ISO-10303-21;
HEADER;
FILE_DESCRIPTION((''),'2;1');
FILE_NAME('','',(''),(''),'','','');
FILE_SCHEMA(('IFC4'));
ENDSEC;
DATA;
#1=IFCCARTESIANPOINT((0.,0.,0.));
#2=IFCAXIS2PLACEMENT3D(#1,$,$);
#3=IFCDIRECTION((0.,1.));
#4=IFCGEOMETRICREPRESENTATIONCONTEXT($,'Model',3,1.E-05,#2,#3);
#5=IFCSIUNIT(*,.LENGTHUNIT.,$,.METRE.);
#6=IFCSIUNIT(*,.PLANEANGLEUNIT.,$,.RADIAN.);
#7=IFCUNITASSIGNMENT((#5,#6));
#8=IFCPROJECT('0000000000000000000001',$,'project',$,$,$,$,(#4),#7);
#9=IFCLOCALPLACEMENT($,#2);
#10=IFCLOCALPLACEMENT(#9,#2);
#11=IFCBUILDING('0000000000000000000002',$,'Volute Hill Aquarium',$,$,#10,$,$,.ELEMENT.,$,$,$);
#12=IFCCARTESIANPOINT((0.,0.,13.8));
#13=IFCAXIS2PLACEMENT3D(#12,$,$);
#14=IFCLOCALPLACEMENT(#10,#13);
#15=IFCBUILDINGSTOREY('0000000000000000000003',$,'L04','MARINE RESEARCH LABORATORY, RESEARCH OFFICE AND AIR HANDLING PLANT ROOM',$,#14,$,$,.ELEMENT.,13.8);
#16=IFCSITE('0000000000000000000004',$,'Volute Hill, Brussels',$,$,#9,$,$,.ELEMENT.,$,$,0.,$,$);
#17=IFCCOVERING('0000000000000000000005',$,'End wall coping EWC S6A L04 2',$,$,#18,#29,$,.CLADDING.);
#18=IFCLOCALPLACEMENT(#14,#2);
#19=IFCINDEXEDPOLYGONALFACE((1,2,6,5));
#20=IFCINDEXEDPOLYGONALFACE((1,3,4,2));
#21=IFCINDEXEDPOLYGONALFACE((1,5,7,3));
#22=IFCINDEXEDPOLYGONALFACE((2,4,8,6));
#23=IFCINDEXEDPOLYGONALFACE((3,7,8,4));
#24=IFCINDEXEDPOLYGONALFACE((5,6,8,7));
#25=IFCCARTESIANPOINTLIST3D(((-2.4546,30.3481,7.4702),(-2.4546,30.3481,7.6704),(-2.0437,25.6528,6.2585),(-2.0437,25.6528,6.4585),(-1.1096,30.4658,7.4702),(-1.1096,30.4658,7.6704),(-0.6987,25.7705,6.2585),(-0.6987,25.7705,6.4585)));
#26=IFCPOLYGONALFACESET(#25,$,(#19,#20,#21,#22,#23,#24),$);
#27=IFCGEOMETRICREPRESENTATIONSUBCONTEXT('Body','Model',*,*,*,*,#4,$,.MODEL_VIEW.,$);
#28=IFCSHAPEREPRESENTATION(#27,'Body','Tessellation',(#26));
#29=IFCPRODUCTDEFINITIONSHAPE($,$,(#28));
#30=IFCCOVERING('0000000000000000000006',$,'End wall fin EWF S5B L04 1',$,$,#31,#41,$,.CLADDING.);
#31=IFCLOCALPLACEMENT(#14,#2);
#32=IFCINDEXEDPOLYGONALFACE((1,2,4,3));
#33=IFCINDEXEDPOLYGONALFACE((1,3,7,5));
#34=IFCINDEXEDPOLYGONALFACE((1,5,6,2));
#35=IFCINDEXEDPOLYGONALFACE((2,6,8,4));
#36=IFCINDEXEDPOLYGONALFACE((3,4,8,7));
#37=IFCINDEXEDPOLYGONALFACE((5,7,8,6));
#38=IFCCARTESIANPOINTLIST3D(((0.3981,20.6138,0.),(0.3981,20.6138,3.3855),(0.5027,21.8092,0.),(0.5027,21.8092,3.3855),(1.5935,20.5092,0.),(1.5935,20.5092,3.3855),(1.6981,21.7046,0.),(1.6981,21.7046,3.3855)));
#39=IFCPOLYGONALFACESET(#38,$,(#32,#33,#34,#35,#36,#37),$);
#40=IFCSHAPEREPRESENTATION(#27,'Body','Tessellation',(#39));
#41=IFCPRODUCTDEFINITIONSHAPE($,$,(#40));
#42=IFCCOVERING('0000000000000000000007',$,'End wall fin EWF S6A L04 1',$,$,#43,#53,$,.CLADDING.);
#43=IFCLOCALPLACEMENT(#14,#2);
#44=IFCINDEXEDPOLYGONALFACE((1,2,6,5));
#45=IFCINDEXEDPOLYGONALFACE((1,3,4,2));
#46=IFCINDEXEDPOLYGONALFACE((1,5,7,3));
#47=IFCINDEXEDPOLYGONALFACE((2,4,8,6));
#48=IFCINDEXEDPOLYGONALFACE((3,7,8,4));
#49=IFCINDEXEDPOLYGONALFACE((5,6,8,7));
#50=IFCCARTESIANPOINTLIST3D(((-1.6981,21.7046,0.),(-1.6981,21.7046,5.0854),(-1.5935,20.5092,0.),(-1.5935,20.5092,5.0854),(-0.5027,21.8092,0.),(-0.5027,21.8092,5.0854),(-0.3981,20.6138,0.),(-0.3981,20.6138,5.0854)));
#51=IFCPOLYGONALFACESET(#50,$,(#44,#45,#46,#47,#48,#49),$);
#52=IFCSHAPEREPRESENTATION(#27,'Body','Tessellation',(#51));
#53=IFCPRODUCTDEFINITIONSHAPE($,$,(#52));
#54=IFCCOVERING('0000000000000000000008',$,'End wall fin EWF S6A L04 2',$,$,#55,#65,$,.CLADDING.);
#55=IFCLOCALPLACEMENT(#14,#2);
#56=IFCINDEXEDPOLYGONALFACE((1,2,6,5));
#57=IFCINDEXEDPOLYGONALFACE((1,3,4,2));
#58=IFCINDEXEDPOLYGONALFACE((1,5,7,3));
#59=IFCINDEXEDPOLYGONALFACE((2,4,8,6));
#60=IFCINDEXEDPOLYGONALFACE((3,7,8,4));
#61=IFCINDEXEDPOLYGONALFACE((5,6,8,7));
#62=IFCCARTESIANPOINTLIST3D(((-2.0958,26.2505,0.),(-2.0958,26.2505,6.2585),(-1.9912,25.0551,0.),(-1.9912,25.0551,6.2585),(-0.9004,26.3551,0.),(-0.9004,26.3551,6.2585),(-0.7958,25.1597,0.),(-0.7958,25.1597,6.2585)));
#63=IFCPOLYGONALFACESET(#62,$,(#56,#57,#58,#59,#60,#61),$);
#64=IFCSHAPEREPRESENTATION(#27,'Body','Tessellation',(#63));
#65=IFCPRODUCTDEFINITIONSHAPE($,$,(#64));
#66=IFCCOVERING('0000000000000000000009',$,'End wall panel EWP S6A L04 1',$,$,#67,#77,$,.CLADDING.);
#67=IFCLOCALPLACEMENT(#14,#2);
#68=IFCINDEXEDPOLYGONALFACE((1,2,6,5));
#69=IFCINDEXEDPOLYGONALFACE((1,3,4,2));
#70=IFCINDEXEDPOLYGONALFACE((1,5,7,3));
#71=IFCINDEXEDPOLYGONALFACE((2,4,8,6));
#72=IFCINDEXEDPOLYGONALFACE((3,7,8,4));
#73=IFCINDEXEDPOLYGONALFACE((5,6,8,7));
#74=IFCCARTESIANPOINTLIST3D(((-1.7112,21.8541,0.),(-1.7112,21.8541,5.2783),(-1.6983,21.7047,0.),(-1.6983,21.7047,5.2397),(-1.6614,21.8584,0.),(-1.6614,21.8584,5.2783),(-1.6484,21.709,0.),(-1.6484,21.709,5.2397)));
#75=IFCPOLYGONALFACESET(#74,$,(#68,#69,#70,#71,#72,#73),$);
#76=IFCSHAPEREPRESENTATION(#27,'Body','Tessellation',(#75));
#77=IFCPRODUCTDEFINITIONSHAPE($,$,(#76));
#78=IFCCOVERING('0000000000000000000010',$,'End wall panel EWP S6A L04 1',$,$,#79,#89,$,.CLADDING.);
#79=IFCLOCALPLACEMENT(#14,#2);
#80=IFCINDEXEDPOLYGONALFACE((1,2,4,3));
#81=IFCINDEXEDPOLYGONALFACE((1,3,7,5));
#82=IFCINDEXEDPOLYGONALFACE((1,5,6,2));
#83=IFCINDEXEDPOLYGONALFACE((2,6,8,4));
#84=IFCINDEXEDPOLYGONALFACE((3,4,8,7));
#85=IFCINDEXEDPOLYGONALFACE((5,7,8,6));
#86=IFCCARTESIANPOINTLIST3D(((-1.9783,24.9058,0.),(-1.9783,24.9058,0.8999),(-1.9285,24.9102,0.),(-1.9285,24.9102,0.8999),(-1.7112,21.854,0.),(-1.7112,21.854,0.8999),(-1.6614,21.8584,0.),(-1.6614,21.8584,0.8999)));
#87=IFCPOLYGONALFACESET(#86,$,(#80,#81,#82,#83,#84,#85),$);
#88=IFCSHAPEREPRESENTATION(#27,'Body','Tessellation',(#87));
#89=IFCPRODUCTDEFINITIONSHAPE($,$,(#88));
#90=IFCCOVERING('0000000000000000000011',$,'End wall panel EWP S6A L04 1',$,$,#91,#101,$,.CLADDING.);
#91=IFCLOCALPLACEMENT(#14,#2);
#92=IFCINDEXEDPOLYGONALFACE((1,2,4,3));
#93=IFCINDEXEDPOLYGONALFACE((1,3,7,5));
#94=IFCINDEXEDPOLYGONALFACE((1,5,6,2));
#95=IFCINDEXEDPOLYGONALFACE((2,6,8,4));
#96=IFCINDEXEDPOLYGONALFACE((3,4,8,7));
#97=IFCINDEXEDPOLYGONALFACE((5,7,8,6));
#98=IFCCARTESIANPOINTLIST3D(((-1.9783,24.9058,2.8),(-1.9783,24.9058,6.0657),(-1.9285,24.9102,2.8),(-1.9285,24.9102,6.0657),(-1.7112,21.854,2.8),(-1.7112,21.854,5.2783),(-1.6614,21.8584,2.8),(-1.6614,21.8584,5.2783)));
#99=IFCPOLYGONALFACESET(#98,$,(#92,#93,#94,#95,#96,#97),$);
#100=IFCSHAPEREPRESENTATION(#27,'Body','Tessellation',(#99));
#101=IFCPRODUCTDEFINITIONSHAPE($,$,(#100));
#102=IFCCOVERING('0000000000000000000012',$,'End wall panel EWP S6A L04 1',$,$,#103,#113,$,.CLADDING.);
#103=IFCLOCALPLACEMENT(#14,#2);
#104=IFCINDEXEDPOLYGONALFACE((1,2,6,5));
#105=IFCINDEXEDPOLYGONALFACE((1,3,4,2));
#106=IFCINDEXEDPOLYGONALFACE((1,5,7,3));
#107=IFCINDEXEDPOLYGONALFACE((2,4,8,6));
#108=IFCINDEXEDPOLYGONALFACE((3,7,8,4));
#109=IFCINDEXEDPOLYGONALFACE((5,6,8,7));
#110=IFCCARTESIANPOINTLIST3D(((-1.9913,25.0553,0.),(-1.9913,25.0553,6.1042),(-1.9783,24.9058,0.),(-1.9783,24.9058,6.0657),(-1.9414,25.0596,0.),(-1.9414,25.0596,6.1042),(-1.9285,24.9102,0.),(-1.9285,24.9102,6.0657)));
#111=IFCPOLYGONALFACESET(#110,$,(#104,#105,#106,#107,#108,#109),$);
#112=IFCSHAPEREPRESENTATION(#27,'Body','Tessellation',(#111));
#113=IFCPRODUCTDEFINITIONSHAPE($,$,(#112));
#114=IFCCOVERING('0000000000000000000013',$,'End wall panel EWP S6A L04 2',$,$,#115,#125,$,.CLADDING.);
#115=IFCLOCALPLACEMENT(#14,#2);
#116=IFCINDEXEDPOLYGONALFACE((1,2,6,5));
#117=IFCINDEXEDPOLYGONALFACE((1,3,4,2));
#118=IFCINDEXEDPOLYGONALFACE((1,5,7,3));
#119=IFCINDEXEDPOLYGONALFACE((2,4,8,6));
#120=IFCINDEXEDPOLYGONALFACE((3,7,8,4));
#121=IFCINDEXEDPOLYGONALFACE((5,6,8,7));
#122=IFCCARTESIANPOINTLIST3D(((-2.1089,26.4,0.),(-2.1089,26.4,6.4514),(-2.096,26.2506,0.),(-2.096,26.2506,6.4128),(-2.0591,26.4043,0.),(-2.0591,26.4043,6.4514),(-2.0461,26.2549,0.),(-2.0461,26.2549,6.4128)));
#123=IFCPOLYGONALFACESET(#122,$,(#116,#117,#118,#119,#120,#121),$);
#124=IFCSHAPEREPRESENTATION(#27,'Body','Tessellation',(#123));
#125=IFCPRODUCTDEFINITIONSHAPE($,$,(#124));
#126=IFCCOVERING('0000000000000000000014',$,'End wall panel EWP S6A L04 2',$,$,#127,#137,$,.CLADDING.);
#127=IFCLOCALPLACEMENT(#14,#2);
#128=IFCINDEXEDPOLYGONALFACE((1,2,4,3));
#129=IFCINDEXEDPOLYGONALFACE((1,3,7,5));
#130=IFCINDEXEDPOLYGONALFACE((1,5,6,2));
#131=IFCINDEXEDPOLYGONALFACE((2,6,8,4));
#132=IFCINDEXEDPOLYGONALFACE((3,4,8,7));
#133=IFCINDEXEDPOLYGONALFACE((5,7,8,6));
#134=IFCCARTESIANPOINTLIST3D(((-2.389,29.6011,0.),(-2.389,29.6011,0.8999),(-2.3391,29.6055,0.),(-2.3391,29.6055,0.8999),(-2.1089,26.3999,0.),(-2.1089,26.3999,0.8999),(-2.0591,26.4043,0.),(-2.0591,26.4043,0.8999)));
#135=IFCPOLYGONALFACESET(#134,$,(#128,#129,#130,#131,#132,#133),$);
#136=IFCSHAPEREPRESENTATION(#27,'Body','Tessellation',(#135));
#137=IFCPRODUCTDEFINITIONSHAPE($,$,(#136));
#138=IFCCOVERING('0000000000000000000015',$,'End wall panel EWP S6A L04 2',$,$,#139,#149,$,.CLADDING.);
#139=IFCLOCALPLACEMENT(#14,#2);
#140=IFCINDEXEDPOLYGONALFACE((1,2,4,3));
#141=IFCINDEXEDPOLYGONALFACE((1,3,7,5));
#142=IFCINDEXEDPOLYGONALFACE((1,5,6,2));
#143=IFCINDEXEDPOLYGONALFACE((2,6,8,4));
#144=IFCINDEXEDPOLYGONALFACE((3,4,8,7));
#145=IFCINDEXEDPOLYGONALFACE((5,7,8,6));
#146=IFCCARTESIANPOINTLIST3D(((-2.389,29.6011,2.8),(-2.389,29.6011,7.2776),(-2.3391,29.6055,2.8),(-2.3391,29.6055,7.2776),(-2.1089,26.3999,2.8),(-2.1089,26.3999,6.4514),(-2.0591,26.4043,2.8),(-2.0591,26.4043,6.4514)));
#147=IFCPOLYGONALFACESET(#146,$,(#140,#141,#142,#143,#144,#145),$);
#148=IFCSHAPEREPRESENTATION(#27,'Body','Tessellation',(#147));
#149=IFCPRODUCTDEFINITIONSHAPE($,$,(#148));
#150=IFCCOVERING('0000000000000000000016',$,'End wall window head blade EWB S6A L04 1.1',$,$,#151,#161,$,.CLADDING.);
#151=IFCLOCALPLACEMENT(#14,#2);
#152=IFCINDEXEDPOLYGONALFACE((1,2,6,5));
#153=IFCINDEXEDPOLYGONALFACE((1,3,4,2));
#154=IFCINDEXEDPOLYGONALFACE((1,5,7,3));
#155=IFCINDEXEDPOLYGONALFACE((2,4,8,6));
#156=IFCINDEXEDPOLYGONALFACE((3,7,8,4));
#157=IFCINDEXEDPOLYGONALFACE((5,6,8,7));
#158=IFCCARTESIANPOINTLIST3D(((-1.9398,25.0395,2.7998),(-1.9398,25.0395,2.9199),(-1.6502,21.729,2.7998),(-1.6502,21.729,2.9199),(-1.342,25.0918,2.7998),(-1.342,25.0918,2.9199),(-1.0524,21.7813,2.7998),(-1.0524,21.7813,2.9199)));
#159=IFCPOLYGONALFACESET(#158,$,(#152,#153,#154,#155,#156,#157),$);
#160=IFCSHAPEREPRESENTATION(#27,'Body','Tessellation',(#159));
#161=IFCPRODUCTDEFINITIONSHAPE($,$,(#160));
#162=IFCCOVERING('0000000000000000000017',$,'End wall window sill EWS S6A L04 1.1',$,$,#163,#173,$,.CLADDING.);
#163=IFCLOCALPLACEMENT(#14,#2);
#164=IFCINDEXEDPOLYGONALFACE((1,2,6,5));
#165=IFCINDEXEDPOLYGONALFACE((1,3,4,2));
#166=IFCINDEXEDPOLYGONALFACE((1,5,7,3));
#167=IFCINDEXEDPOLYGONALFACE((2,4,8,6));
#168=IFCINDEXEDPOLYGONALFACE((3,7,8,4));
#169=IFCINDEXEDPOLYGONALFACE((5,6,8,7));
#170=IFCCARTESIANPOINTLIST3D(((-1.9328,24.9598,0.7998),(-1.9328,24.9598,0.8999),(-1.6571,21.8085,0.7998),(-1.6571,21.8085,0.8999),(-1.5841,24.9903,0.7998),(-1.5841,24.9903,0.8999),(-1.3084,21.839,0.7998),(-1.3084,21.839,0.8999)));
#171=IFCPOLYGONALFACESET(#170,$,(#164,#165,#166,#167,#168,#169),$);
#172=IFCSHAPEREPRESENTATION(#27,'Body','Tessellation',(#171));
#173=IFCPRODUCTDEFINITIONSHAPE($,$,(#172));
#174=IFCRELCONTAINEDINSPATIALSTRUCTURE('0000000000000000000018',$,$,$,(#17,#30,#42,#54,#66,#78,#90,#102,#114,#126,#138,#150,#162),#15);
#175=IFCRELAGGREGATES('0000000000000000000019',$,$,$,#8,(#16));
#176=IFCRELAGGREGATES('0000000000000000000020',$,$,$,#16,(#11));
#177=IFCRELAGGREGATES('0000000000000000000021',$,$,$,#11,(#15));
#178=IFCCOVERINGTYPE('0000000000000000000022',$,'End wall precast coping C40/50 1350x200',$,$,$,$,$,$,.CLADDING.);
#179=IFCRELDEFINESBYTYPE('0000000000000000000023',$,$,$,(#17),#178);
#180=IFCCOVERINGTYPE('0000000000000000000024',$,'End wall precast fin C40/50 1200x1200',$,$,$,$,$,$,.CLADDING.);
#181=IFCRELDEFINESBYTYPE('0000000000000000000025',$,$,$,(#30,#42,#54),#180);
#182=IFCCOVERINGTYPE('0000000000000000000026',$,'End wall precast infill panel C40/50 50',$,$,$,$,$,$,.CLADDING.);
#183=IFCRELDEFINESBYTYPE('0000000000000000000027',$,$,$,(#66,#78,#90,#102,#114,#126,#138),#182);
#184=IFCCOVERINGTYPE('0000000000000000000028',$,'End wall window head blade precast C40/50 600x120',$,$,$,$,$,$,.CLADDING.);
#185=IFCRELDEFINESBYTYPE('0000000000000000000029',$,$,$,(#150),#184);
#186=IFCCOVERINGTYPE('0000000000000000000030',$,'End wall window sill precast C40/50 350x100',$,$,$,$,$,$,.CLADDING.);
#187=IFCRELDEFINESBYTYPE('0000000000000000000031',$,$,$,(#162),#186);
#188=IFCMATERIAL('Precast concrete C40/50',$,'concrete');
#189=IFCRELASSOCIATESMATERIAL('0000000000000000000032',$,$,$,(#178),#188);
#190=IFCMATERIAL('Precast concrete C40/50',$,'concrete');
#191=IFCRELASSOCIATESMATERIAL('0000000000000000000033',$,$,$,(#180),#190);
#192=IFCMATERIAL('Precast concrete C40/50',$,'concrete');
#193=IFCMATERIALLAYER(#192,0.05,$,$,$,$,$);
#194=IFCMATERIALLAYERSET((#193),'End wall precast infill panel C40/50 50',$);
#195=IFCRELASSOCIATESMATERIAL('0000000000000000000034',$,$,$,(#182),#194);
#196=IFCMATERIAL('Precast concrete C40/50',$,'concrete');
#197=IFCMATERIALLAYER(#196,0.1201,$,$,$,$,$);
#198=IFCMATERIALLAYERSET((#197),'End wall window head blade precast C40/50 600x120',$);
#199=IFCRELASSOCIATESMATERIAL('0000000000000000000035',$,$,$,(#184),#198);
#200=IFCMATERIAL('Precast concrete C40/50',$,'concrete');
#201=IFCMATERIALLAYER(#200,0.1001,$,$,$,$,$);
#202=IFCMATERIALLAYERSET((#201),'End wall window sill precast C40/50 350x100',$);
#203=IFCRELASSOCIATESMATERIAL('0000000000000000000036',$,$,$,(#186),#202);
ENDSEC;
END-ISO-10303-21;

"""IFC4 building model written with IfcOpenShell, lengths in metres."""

from ifc_helpers import new_model, si_unit, direction, frame, origin, origin_2d, place, context, subcontext, project, spatial, polyline, rectangle, outline, extrude, material, layer, layer_set, type_object, element, save


model = new_model("IFC4")

# Units and contexts
model_context = context("Model", 3, precision=1e-05, world=origin(), true_north=direction((0.0, 1.0)))
body_context = subcontext(model_context, "Body", "Model", "MODEL_VIEW")
ifc_project = project(units=[si_unit("LENGTHUNIT", "METRE"), si_unit("PLANEANGLEUNIT", "RADIAN")], contexts=[model_context])

# Site, building, storey
site_placement = place(None, origin())
site = spatial("IfcSite", under=ifc_project, at=site_placement, Name="Volute Hill, Brussels", CompositionType="ELEMENT", RefElevation=0.0)
building_placement = place(site_placement, origin())
building = spatial("IfcBuilding", under=site, at=building_placement, Name="Volute Hill Aquarium", CompositionType="ELEMENT")
storey_placement = place(building_placement, frame((0.0, 0.0, 13.8)))
storey = spatial("IfcBuildingStorey", under=building, at=storey_placement, Name="L04", Description="MARINE RESEARCH LABORATORY, RESEARCH OFFICE AND AIR HANDLING PLANT ROOM", CompositionType="ELEMENT", Elevation=13.8)

# Coverings
ifc_material_1 = material(Name="Precast concrete C40/50", Category="concrete")
covering_type_1 = type_object("IfcCoveringType", Name="End wall precast coping C40/50 1350x200", PredefinedType="CLADDING", material=ifc_material_1)
covering_1_placement = place(storey_placement, frame((-0.6987, 25.7705, 6.2585), z_axis=(0.996193, 0.087177, 0.0), x_axis=(-0.084432, 0.964821, 0.248981)))
element("IfcCovering", 1, at=covering_1_placement, inside=storey, type_object=covering_type_1, Name="End wall coping EWC S6A L04 2", PredefinedType="CLADDING", context=body_context, shape_type="SweptSolid", body=[
    extrude(outline(polyline([(0.0, 0.0), (4.8665, 0.0), (4.9164, 0.1939), (0.0498, 0.1937), (0.0, 0.0)])), origin(), (0.0, 0.0, -1.0), 1.3501),
])
ifc_material_2 = material(Name="Precast concrete C40/50", Category="concrete")
covering_type_2 = type_object("IfcCoveringType", Name="End wall precast fin C40/50 1200x1200", PredefinedType="CLADDING", material=ifc_material_2)
covering_2_placement = place(storey_placement, frame((1.0481, 21.1592, 0.0), z_axis=(0.0, 0.0, 1.0), x_axis=(0.087154, 0.996195, 0.0)))
element("IfcCovering", 2, at=covering_2_placement, inside=storey, type_object=covering_type_2, Name="End wall fin EWF S5B L04 1", PredefinedType="CLADDING", context=body_context, shape_type="SweptSolid", body=[
    extrude(rectangle(XDim=1.2, YDim=1.2, at=origin_2d()), origin(), (0.0, 0.0, 1.0), 3.3855),
])
covering_3_placement = place(storey_placement, frame((-1.0481, 21.1592, 0.0), z_axis=(0.0, 0.0, 1.0), x_axis=(-0.087155, 0.996195, 0.0)))
element("IfcCovering", 3, at=covering_3_placement, inside=storey, type_object=covering_type_2, Name="End wall fin EWF S6A L04 1", PredefinedType="CLADDING", context=body_context, shape_type="SweptSolid", body=[
    extrude(rectangle(XDim=1.2, YDim=1.2, at=origin_2d()), origin(), (0.0, 0.0, 1.0), 5.0854),
])
covering_4_placement = place(storey_placement, frame((-1.4458, 25.7051, 0.0), z_axis=(0.0, 0.0, 1.0), x_axis=(-0.087155, 0.996195, 0.0)))
element("IfcCovering", 4, at=covering_4_placement, inside=storey, type_object=covering_type_2, Name="End wall fin EWF S6A L04 2", PredefinedType="CLADDING", context=body_context, shape_type="SweptSolid", body=[
    extrude(rectangle(XDim=1.2, YDim=1.2, at=origin_2d()), origin(), (0.0, 0.0, 1.0), 6.2585),
])
ifc_material_3 = material(Name="Precast concrete C40/50", Category="concrete")
ifc_layer_1 = layer(ifc_material_3, 0.05)
ifc_layer_set_1 = layer_set([ifc_layer_1], Name="End wall precast infill panel C40/50 50")
covering_type_3 = type_object("IfcCoveringType", Name="End wall precast infill panel C40/50 50", PredefinedType="CLADDING", material=ifc_layer_set_1)
covering_5_placement = place(storey_placement, frame((-1.6484, 21.709, 0.0), z_axis=(0.996271, 0.086278, 0.0), x_axis=(-0.086278, 0.996271, 0.0)))
element("IfcCovering", 5, at=covering_5_placement, inside=storey, type_object=covering_type_3, Name="End wall panel EWP S6A L04 1", PredefinedType="CLADDING", context=body_context, shape_type="SweptSolid", body=[
    extrude(outline(polyline([(0.0, 0.0), (0.15, 0.0), (0.15, 5.2783), (0.0, 5.2397), (0.0, 0.0)])), origin(), (0.0, 0.0, -1.0), 0.05),
])
covering_6_placement = place(storey_placement, frame((-1.6614, 21.8584, 0.0), z_axis=(0.996192, 0.087187, 0.0), x_axis=(-0.087187, 0.996192, 0.0)))
element("IfcCovering", 6, at=covering_6_placement, inside=storey, type_object=covering_type_3, Name="End wall panel EWP S6A L04 1", PredefinedType="CLADDING", context=body_context, shape_type="SweptSolid", body=[
    extrude(outline(polyline([(0.0, 0.0), (3.0634, 0.0), (3.0634, 0.8999), (0.0, 0.8999), (0.0, 0.0)])), origin(), (0.0, 0.0, -1.0), 0.05),
])
covering_7_placement = place(storey_placement, frame((-1.6614, 21.8584, 2.8), z_axis=(0.996192, 0.087187, 0.0), x_axis=(-0.087187, 0.996192, 0.0)))
element("IfcCovering", 7, at=covering_7_placement, inside=storey, type_object=covering_type_3, Name="End wall panel EWP S6A L04 1", PredefinedType="CLADDING", context=body_context, shape_type="SweptSolid", body=[
    extrude(outline(polyline([(0.0, 0.0), (3.0634, 0.0), (3.0634, 3.2656), (0.0, 2.4783), (0.0, 0.0)])), origin(), (0.0, 0.0, -1.0), 0.05),
])
covering_8_placement = place(storey_placement, frame((-1.9285, 24.9102, 0.0), z_axis=(0.996271, 0.086278, 0.0), x_axis=(-0.086278, 0.996271, 0.0)))
element("IfcCovering", 8, at=covering_8_placement, inside=storey, type_object=covering_type_3, Name="End wall panel EWP S6A L04 1", PredefinedType="CLADDING", context=body_context, shape_type="SweptSolid", body=[
    extrude(outline(polyline([(0.0, 0.0), (0.15, 0.0), (0.15, 6.1042), (0.0, 6.0657), (0.0, 0.0)])), origin(), (0.0, 0.0, -1.0), 0.05),
])
covering_9_placement = place(storey_placement, frame((-2.0461, 26.2549, 0.0), z_axis=(0.996271, 0.086278, 0.0), x_axis=(-0.086278, 0.996271, 0.0)))
element("IfcCovering", 9, at=covering_9_placement, inside=storey, type_object=covering_type_3, Name="End wall panel EWP S6A L04 2", PredefinedType="CLADDING", context=body_context, shape_type="SweptSolid", body=[
    extrude(outline(polyline([(0.0, 0.0), (0.15, 0.0), (0.15, 6.4514), (0.0, 6.4128), (0.0, 0.0)])), origin(), (0.0, 0.0, -1.0), 0.05),
])
covering_10_placement = place(storey_placement, frame((-2.0591, 26.4043, 0.0), z_axis=(0.996196, 0.087144, 0.0), x_axis=(-0.087144, 0.996196, 0.0)))
element("IfcCovering", 10, at=covering_10_placement, inside=storey, type_object=covering_type_3, Name="End wall panel EWP S6A L04 2", PredefinedType="CLADDING", context=body_context, shape_type="SweptSolid", body=[
    extrude(outline(polyline([(0.0, 0.0), (3.2134, 0.0), (3.2134, 0.8999), (0.0, 0.8999), (0.0, 0.0)])), origin(), (0.0, 0.0, -1.0), 0.05),
])
covering_11_placement = place(storey_placement, frame((-2.0591, 26.4043, 2.8), z_axis=(0.996196, 0.087144, 0.0), x_axis=(-0.087144, 0.996196, 0.0)))
element("IfcCovering", 11, at=covering_11_placement, inside=storey, type_object=covering_type_3, Name="End wall panel EWP S6A L04 2", PredefinedType="CLADDING", context=body_context, shape_type="SweptSolid", body=[
    extrude(outline(polyline([(0.0, 0.0), (3.2134, 0.0), (3.2134, 4.4775), (0.0, 3.6514), (0.0, 0.0)])), origin(), (0.0, 0.0, -1.0), 0.05),
])
ifc_material_4 = material(Name="Precast concrete C40/50", Category="concrete")
ifc_layer_2 = layer(ifc_material_4, 0.1201)
ifc_layer_set_2 = layer_set([ifc_layer_2], Name="End wall window head blade precast C40/50 600x120")
covering_type_4 = type_object("IfcCoveringType", Name="End wall window head blade precast C40/50 600x120", PredefinedType="CLADDING", material=ifc_layer_set_2)
covering_12_placement = place(storey_placement, frame((-1.4961, 23.4104, 2.7998), z_axis=(0.0, 0.0, 1.0), x_axis=(-0.087155, 0.996195, 0.0)))
element("IfcCovering", 12, at=covering_12_placement, inside=storey, type_object=covering_type_4, Name="End wall window head blade EWB S6A L04 1.1", PredefinedType="CLADDING", context=body_context, shape_type="SweptSolid", body=[
    extrude(rectangle(XDim=3.3232, YDim=0.6001, at=origin_2d()), origin(), (0.0, 0.0, 1.0), 0.1201),
])
ifc_material_5 = material(Name="Precast concrete C40/50", Category="concrete")
ifc_layer_3 = layer(ifc_material_5, 0.1001)
ifc_layer_set_3 = layer_set([ifc_layer_3], Name="End wall window sill precast C40/50 350x100")
covering_type_5 = type_object("IfcCoveringType", Name="End wall window sill precast C40/50 350x100", PredefinedType="CLADDING", material=ifc_layer_set_3)
covering_13_placement = place(storey_placement, frame((-1.6206, 23.3994, 0.7998), z_axis=(0.0, 0.0, 1.0), x_axis=(-0.087155, 0.996195, 0.0)))
element("IfcCovering", 13, at=covering_13_placement, inside=storey, type_object=covering_type_5, Name="End wall window sill EWS S6A L04 1.1", PredefinedType="CLADDING", context=body_context, shape_type="SweptSolid", body=[
    extrude(rectangle(XDim=3.1633, YDim=0.3501, at=origin_2d()), origin(), (0.0, 0.0, 1.0), 0.1001),
])

save(model, "model.ifc")
